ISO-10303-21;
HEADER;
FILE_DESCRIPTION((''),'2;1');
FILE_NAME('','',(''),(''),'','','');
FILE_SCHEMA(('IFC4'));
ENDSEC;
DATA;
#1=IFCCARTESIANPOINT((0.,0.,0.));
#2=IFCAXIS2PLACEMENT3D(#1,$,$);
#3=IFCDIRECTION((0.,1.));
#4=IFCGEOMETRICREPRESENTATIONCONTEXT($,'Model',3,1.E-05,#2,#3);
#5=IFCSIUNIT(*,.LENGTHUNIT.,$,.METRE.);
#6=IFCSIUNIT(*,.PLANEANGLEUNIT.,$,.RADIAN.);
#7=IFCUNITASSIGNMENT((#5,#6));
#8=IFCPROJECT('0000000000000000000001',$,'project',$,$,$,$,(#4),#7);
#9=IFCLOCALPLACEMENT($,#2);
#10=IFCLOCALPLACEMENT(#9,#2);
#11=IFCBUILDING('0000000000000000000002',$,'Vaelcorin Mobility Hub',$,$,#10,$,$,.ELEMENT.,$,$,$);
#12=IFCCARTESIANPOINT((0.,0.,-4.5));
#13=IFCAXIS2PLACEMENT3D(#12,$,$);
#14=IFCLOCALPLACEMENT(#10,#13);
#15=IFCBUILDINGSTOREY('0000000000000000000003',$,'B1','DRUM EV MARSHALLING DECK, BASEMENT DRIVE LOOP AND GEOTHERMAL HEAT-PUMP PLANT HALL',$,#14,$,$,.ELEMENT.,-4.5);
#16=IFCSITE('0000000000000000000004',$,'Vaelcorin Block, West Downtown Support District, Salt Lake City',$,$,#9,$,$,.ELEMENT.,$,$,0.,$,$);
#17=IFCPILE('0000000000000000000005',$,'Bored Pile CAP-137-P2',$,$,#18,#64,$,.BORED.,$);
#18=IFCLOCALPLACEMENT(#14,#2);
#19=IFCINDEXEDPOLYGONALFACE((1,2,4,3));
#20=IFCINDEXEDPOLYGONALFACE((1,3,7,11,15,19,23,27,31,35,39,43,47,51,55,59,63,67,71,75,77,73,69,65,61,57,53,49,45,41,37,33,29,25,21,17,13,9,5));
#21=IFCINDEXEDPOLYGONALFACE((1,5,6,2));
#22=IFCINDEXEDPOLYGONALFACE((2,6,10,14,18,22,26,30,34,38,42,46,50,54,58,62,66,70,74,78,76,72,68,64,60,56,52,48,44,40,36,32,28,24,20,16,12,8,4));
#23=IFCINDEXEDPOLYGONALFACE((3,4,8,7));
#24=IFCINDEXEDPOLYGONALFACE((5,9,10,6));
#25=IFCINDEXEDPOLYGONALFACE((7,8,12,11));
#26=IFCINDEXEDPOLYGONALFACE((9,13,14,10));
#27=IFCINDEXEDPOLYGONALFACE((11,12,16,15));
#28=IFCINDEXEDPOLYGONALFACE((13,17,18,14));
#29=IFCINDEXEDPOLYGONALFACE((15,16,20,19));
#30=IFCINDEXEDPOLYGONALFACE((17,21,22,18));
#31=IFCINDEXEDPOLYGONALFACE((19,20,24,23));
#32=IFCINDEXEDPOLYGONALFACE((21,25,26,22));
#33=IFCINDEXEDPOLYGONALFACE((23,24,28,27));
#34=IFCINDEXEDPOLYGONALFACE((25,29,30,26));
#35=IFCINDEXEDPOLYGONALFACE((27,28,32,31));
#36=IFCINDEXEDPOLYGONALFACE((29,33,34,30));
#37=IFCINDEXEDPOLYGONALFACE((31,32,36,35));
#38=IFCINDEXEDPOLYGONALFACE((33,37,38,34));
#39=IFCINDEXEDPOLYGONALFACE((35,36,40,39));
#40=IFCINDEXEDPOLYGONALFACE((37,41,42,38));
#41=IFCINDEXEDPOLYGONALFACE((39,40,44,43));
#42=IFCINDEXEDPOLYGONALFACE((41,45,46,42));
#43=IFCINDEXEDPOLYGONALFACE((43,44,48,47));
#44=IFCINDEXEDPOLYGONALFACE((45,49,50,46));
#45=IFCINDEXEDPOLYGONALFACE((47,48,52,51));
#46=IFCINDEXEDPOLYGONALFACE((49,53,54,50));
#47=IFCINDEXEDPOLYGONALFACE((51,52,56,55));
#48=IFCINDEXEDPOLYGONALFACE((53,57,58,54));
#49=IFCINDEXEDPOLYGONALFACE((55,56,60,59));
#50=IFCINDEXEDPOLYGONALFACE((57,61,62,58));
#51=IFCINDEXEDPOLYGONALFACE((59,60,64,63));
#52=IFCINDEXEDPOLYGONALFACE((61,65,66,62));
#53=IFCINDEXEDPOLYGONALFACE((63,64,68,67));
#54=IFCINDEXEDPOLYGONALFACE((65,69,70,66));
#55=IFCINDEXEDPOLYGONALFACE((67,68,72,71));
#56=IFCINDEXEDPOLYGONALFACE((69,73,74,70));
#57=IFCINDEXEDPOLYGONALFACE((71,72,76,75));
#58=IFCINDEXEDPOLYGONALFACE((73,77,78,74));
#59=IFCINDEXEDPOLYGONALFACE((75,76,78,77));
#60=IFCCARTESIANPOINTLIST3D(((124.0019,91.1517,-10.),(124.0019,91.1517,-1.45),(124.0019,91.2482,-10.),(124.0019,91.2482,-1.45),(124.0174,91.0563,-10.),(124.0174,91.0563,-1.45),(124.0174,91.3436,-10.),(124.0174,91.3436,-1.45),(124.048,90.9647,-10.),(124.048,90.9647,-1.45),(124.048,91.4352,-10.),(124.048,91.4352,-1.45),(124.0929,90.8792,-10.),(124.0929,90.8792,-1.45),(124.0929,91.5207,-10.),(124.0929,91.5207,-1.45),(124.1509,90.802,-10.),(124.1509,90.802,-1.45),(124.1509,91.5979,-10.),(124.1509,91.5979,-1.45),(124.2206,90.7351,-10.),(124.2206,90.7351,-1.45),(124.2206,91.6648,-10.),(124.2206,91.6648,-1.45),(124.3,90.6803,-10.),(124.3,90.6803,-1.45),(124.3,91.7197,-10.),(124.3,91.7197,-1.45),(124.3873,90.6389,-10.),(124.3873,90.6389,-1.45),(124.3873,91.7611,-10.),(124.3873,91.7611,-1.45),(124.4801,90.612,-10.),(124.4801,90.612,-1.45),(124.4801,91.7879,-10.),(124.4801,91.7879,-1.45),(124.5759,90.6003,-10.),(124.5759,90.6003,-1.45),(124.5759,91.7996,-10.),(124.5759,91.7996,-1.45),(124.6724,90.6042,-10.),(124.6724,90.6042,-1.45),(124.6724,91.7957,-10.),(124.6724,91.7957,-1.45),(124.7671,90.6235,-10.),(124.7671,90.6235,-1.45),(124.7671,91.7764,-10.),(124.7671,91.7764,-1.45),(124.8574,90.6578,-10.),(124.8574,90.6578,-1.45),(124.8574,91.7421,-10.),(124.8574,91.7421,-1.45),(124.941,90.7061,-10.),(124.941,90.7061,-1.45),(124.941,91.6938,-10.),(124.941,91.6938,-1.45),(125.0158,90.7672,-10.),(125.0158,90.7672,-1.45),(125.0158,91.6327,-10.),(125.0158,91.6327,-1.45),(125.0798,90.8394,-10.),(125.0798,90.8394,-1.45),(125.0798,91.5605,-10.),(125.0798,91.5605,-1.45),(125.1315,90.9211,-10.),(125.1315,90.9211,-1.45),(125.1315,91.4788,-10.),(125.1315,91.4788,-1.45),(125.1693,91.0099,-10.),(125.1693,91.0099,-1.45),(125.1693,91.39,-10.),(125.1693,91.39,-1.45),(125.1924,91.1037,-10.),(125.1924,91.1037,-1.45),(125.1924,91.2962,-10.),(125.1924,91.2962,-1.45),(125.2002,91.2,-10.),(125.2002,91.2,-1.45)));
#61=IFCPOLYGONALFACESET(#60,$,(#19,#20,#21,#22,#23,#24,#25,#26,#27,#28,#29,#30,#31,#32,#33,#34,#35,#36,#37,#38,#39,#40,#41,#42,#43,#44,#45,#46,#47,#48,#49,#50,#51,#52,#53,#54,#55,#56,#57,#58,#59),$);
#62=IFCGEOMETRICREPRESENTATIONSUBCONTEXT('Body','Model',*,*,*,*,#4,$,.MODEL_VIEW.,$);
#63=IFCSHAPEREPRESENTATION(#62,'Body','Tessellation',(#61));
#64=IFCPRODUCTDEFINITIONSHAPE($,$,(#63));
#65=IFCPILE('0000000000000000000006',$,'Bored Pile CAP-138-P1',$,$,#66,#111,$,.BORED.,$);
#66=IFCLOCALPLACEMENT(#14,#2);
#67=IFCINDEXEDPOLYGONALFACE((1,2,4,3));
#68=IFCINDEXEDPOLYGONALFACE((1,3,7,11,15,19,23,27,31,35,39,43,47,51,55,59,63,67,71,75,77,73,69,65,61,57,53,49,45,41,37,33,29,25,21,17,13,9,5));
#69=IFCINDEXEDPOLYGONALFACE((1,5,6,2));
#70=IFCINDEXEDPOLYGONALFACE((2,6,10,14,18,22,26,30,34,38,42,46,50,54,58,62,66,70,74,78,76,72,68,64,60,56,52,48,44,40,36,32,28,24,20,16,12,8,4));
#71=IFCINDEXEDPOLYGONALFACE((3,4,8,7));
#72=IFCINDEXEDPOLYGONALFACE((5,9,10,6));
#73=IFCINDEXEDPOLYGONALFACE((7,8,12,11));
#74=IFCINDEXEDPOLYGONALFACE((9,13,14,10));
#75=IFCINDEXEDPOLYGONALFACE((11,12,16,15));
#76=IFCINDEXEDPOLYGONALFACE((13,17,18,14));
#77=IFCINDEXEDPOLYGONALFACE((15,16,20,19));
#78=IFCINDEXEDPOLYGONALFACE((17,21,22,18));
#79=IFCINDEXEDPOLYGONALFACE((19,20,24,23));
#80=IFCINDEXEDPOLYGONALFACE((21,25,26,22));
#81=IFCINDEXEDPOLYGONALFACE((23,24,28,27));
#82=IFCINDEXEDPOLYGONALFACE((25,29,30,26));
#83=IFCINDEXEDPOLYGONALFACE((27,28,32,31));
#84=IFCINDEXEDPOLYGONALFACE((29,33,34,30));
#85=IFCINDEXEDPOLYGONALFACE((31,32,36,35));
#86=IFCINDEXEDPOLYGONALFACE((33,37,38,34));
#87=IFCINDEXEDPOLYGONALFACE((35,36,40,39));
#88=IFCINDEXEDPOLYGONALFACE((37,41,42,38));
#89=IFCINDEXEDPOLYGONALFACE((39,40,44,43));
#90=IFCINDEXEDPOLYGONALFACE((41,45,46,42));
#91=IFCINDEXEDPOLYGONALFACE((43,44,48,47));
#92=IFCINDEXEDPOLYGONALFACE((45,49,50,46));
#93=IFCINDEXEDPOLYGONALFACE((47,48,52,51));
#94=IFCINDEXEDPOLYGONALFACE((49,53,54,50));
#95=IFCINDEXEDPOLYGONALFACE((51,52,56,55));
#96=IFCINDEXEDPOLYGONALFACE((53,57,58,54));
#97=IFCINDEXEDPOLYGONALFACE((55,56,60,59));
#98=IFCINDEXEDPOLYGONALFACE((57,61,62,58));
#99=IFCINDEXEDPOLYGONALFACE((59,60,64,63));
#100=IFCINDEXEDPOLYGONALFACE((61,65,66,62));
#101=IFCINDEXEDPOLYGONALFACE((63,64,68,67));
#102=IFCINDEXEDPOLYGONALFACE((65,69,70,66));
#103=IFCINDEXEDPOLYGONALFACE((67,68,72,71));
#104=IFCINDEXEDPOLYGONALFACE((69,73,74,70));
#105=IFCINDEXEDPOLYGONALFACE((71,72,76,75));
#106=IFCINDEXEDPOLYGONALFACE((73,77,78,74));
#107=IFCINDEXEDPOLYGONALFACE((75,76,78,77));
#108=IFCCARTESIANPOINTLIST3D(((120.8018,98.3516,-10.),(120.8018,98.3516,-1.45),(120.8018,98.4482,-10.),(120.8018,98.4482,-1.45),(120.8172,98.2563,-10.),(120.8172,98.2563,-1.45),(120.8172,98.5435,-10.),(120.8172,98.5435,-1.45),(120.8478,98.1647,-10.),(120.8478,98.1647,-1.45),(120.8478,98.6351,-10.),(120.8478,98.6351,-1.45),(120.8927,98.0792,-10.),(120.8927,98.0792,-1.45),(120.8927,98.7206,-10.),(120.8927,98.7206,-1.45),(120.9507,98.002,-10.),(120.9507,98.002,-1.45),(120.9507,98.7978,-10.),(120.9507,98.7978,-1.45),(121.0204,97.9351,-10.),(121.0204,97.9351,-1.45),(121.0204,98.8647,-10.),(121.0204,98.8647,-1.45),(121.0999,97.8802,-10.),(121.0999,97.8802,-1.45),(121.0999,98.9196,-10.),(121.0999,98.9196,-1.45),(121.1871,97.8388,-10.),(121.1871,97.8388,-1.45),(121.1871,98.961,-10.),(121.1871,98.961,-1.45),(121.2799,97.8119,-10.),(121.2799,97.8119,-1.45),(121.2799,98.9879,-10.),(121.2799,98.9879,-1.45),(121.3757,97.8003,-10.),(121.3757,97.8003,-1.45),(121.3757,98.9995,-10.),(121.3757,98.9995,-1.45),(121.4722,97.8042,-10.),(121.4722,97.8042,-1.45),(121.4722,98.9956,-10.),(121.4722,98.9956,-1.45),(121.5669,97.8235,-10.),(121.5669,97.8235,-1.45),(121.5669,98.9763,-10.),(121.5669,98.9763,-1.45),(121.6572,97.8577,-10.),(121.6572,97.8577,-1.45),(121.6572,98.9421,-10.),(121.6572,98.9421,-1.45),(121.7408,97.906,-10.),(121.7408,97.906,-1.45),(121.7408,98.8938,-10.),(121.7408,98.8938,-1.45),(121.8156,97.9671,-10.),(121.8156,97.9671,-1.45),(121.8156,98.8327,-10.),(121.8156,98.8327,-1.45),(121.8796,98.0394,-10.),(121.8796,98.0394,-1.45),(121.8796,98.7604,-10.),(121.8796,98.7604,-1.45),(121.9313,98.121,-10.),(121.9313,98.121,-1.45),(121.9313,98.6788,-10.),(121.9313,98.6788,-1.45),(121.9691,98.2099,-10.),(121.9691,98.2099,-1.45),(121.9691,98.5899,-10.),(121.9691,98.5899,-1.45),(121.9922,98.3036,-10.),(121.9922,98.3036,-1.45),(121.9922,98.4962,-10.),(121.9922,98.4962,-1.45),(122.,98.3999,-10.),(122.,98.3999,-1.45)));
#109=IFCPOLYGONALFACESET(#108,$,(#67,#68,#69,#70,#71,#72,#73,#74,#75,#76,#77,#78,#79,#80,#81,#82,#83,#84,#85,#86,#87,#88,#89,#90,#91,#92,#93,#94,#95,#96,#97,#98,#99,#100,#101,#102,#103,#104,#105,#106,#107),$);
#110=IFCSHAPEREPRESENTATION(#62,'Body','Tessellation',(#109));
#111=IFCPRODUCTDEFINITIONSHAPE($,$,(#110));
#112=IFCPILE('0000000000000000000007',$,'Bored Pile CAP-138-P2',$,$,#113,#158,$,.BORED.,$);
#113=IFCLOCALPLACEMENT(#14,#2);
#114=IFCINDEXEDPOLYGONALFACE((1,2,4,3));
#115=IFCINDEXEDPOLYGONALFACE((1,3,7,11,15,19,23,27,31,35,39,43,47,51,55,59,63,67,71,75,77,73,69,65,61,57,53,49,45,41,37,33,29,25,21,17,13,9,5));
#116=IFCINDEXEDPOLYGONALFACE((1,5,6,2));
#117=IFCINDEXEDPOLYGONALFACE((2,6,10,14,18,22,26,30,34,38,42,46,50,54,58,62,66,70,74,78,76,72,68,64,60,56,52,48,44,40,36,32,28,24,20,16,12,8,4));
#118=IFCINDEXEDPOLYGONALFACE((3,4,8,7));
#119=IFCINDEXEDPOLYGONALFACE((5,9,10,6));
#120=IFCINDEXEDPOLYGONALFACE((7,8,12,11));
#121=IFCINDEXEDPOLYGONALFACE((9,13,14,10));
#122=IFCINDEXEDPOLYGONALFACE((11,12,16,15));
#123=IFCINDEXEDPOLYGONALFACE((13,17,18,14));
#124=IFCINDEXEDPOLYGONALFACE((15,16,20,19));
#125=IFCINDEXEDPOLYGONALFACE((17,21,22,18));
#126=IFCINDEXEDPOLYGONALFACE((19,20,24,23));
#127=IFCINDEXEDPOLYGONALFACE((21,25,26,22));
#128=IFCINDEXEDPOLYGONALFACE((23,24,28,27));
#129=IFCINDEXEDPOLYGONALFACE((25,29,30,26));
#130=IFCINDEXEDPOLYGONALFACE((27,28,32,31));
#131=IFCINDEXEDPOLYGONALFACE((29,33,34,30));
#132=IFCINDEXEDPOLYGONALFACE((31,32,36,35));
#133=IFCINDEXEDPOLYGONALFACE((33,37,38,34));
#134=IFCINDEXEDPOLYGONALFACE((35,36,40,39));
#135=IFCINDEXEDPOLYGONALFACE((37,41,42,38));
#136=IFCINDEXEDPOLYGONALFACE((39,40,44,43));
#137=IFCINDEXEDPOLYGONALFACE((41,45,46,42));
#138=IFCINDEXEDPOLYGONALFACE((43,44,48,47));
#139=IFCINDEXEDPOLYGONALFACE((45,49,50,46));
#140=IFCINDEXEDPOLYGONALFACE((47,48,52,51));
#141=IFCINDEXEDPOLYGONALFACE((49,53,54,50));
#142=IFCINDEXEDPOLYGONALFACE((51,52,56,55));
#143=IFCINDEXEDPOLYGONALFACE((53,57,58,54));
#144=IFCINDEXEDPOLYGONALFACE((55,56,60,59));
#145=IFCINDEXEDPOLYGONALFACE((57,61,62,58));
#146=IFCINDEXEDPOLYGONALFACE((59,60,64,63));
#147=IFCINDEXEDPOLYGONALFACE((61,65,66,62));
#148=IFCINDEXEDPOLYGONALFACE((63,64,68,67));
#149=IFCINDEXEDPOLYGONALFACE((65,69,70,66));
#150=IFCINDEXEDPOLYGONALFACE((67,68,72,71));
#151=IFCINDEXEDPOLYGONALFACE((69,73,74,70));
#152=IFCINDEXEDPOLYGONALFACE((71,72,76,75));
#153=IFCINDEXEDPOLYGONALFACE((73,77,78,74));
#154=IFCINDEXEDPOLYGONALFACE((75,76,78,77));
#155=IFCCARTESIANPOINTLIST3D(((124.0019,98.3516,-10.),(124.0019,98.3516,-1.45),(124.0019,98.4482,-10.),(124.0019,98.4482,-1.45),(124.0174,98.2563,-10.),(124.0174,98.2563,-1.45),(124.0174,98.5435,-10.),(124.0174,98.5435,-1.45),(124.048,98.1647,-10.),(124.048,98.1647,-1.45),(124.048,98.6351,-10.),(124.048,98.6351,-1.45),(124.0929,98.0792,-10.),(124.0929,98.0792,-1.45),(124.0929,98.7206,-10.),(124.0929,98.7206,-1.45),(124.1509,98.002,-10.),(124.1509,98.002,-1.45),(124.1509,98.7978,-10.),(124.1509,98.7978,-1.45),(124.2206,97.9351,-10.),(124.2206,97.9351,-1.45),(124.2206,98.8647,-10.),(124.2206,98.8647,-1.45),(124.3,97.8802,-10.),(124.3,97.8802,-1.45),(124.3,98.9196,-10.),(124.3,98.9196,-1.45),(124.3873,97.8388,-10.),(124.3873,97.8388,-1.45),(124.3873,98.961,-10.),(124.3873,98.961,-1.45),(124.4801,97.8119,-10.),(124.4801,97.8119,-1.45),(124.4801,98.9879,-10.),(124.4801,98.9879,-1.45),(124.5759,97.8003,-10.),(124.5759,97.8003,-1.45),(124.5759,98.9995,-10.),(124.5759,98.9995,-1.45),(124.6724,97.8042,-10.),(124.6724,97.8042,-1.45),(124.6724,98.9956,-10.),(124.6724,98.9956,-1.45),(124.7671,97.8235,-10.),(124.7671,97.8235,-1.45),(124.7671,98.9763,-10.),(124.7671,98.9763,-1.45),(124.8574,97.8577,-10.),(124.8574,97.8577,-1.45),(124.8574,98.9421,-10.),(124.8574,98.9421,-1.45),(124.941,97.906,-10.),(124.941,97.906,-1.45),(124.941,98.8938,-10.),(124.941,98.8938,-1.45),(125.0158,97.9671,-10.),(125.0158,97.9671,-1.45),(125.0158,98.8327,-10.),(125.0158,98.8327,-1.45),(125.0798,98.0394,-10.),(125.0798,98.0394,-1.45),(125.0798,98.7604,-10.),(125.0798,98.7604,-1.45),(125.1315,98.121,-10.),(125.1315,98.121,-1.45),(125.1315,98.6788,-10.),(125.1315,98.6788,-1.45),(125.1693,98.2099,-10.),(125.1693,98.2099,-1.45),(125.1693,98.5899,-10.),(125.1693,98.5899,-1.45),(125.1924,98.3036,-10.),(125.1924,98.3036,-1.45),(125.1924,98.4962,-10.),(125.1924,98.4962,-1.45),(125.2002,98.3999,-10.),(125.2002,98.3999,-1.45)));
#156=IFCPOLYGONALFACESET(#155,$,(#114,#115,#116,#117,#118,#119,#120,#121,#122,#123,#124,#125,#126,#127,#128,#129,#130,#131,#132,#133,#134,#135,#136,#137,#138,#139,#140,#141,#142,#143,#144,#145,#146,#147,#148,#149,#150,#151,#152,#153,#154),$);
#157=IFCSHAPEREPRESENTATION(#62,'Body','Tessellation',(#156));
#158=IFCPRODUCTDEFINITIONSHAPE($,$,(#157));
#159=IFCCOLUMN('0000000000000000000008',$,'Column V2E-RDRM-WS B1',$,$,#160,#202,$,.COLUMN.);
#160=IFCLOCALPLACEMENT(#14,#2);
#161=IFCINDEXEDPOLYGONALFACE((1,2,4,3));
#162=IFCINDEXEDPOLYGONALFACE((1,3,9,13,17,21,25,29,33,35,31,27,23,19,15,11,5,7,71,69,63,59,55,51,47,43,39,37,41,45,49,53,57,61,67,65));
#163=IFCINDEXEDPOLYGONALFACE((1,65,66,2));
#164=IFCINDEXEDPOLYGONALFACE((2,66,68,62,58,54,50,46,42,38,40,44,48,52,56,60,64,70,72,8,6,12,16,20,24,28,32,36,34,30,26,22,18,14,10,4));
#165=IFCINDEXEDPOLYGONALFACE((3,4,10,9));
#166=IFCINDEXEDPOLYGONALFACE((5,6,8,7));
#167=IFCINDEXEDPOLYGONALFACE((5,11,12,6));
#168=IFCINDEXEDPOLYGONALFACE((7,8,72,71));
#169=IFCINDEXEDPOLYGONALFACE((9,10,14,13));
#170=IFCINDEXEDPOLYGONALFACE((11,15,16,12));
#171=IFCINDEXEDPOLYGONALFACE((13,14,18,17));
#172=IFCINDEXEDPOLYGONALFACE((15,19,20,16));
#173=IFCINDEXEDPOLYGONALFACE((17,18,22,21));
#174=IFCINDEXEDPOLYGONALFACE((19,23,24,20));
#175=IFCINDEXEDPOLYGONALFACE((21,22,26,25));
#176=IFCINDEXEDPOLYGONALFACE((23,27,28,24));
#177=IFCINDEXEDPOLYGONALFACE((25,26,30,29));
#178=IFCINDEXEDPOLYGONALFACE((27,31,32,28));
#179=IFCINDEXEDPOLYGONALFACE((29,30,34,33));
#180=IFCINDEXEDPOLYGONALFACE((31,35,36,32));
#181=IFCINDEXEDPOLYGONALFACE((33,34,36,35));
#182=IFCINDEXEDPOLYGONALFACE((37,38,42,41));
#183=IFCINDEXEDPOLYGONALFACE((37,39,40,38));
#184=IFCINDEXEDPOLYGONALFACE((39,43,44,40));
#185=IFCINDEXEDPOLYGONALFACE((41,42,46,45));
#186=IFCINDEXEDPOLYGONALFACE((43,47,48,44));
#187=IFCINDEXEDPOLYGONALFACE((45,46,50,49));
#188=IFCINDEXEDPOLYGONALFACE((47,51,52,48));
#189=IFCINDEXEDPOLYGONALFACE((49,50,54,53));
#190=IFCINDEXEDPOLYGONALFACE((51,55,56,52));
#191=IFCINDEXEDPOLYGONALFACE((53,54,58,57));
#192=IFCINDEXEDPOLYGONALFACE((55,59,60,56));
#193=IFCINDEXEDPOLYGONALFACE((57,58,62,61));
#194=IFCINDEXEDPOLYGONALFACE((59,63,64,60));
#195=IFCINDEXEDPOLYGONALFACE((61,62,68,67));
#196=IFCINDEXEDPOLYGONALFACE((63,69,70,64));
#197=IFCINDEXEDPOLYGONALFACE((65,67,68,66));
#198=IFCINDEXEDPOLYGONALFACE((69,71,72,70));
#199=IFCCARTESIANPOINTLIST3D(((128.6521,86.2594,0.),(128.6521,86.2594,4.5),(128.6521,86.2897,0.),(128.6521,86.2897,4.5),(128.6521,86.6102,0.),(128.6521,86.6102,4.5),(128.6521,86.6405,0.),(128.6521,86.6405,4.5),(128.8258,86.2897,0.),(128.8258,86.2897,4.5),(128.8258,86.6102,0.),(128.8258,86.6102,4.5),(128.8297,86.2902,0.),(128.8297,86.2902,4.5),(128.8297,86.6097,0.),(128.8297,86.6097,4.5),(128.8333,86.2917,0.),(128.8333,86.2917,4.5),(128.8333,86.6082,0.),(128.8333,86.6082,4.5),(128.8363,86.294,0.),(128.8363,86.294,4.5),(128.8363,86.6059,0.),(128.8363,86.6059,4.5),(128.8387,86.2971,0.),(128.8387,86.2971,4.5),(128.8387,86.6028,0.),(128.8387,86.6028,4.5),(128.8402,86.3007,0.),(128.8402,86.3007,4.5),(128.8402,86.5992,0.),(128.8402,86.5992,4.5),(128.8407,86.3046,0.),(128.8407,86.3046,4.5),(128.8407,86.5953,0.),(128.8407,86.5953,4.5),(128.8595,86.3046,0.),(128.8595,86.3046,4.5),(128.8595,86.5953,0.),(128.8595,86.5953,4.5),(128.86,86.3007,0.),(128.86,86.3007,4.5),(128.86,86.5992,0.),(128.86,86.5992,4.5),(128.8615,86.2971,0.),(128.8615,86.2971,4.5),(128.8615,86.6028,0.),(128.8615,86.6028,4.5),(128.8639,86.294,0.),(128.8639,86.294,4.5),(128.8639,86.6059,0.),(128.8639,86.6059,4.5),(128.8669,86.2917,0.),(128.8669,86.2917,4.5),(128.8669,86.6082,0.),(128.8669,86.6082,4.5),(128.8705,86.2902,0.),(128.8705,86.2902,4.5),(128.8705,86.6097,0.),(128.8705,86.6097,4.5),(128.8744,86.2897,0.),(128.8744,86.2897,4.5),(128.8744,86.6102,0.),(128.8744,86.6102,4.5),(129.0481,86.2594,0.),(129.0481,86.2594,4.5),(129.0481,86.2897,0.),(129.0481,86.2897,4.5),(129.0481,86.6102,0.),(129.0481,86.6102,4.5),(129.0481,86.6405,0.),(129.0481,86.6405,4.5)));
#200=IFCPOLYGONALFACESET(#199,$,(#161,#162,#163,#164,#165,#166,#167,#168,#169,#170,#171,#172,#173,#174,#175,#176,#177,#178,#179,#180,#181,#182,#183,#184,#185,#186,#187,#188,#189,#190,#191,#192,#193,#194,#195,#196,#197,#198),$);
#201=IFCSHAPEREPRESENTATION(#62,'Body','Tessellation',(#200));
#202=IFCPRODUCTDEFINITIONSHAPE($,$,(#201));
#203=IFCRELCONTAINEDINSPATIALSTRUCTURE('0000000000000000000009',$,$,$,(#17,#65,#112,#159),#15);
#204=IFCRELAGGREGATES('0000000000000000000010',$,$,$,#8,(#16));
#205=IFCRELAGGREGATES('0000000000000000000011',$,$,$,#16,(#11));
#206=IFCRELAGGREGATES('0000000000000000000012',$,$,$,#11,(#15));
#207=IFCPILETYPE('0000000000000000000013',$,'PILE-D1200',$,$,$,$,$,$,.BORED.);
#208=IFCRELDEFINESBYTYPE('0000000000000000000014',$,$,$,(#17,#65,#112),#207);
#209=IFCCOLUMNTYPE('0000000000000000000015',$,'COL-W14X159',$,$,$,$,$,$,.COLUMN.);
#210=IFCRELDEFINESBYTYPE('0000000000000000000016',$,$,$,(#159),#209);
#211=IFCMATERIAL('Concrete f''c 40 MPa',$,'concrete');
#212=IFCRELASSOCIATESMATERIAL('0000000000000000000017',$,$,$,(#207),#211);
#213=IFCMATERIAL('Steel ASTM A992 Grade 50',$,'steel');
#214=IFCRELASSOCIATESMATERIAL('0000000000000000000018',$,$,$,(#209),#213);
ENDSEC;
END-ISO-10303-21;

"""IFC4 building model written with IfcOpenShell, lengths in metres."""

from ifc_helpers import new_model, si_unit, direction, frame, origin, origin_2d, place, context, subcontext, project, spatial, circle, i_section, extrude, material, material_profile, profile_set, type_object, element, save


model = new_model("IFC4")

# Units and contexts
model_context = context("Model", 3, precision=1e-05, world=origin(), true_north=direction((0.0, 1.0)))
body_context = subcontext(model_context, "Body", "Model", "MODEL_VIEW")
ifc_project = project(units=[si_unit("LENGTHUNIT", "METRE"), si_unit("PLANEANGLEUNIT", "RADIAN")], contexts=[model_context])

# Site, building, storey
site_placement = place(None, origin())
site = spatial("IfcSite", under=ifc_project, at=site_placement, Name="Vaelcorin Block, West Downtown Support District, Salt Lake City", CompositionType="ELEMENT", RefElevation=0.0)
building_placement = place(site_placement, origin())
building = spatial("IfcBuilding", under=site, at=building_placement, Name="Vaelcorin Mobility Hub", CompositionType="ELEMENT")
storey_placement = place(building_placement, frame((0.0, 0.0, -4.5)))
storey = spatial("IfcBuildingStorey", under=building, at=storey_placement, Name="B1", Description="DRUM EV MARSHALLING DECK, BASEMENT DRIVE LOOP AND GEOTHERMAL HEAT-PUMP PLANT HALL", CompositionType="ELEMENT", Elevation=-4.5)

# Shared definitions
ifc_material_1 = material(Name="Concrete f'c 40 MPa", Category="concrete")

# Piles
ifc_material_profile_1 = material_profile(ifc_material_1, circle(Radius=0.6001, at=origin_2d()), Name="BP-D1200")
ifc_profile_set_1 = profile_set([ifc_material_profile_1], Name="Concrete f'c 40 MPa")
pile_type_1 = type_object("IfcPileType", Name="PILE-D1200", PredefinedType="BORED", material=ifc_profile_set_1)
for number, where, z_axis, x_axis, name in (
    (1, (124.6001, 91.2, -1.45), (0.0, 0.0, -1.0), (1.0, 0.0, 0.0), "Bored Pile CAP-137-P2"),
    (2, (121.3999, 98.3999, -1.45), (0.0, 0.0, -1.0), (1.0, 0.0, 0.0), "Bored Pile CAP-138-P1"),
    (3, (124.6001, 98.3999, -1.45), (0.0, 0.0, -1.0), (1.0, 0.0, 0.0), "Bored Pile CAP-138-P2"),
):
    element("IfcPile", number, at=place(storey_placement, frame(where, z_axis=z_axis, x_axis=x_axis)), inside=storey, type_object=pile_type_1, Name=name, PredefinedType="BORED", context=body_context, shape_type="SweptSolid", body=[
        extrude(circle(Radius=0.6001, at=origin_2d()), origin(), (0.0, 0.0, 1.0), 8.55),
    ])

# Column
ifc_material_2 = material(Name="Steel ASTM A992 Grade 50", Category="steel")
ifc_material_profile_2 = material_profile(ifc_material_2, i_section(OverallWidth=0.396, OverallDepth=0.3811, WebThickness=0.0188, FlangeThickness=0.0303, FilletRadius=0.0149, at=origin_2d()), Name="W14X159")
ifc_profile_set_2 = profile_set([ifc_material_profile_2], Name="Steel ASTM A992 Grade 50")
column_type_1 = type_object("IfcColumnType", Name="COL-W14X159", PredefinedType="COLUMN", material=ifc_profile_set_2)
for number, where, z_axis, x_axis, name in (
    (4, (128.8501, 86.45, 0.0), (0.0, 0.0, 1.0), (1.0, 0.0, 0.0), "Column V2E-RDRM-WS B1"),
):
    element("IfcColumn", number, at=place(storey_placement, frame(where, z_axis=z_axis, x_axis=x_axis)), inside=storey, type_object=column_type_1, Name=name, PredefinedType="COLUMN", context=body_context, shape_type="SweptSolid", body=[
        extrude(i_section(OverallWidth=0.396, OverallDepth=0.3811, WebThickness=0.0188, FlangeThickness=0.0303, FilletRadius=0.0149, at=origin_2d()), origin(), (0.0, 0.0, 1.0), 4.5),
    ])

save(model, "model.ifc")
